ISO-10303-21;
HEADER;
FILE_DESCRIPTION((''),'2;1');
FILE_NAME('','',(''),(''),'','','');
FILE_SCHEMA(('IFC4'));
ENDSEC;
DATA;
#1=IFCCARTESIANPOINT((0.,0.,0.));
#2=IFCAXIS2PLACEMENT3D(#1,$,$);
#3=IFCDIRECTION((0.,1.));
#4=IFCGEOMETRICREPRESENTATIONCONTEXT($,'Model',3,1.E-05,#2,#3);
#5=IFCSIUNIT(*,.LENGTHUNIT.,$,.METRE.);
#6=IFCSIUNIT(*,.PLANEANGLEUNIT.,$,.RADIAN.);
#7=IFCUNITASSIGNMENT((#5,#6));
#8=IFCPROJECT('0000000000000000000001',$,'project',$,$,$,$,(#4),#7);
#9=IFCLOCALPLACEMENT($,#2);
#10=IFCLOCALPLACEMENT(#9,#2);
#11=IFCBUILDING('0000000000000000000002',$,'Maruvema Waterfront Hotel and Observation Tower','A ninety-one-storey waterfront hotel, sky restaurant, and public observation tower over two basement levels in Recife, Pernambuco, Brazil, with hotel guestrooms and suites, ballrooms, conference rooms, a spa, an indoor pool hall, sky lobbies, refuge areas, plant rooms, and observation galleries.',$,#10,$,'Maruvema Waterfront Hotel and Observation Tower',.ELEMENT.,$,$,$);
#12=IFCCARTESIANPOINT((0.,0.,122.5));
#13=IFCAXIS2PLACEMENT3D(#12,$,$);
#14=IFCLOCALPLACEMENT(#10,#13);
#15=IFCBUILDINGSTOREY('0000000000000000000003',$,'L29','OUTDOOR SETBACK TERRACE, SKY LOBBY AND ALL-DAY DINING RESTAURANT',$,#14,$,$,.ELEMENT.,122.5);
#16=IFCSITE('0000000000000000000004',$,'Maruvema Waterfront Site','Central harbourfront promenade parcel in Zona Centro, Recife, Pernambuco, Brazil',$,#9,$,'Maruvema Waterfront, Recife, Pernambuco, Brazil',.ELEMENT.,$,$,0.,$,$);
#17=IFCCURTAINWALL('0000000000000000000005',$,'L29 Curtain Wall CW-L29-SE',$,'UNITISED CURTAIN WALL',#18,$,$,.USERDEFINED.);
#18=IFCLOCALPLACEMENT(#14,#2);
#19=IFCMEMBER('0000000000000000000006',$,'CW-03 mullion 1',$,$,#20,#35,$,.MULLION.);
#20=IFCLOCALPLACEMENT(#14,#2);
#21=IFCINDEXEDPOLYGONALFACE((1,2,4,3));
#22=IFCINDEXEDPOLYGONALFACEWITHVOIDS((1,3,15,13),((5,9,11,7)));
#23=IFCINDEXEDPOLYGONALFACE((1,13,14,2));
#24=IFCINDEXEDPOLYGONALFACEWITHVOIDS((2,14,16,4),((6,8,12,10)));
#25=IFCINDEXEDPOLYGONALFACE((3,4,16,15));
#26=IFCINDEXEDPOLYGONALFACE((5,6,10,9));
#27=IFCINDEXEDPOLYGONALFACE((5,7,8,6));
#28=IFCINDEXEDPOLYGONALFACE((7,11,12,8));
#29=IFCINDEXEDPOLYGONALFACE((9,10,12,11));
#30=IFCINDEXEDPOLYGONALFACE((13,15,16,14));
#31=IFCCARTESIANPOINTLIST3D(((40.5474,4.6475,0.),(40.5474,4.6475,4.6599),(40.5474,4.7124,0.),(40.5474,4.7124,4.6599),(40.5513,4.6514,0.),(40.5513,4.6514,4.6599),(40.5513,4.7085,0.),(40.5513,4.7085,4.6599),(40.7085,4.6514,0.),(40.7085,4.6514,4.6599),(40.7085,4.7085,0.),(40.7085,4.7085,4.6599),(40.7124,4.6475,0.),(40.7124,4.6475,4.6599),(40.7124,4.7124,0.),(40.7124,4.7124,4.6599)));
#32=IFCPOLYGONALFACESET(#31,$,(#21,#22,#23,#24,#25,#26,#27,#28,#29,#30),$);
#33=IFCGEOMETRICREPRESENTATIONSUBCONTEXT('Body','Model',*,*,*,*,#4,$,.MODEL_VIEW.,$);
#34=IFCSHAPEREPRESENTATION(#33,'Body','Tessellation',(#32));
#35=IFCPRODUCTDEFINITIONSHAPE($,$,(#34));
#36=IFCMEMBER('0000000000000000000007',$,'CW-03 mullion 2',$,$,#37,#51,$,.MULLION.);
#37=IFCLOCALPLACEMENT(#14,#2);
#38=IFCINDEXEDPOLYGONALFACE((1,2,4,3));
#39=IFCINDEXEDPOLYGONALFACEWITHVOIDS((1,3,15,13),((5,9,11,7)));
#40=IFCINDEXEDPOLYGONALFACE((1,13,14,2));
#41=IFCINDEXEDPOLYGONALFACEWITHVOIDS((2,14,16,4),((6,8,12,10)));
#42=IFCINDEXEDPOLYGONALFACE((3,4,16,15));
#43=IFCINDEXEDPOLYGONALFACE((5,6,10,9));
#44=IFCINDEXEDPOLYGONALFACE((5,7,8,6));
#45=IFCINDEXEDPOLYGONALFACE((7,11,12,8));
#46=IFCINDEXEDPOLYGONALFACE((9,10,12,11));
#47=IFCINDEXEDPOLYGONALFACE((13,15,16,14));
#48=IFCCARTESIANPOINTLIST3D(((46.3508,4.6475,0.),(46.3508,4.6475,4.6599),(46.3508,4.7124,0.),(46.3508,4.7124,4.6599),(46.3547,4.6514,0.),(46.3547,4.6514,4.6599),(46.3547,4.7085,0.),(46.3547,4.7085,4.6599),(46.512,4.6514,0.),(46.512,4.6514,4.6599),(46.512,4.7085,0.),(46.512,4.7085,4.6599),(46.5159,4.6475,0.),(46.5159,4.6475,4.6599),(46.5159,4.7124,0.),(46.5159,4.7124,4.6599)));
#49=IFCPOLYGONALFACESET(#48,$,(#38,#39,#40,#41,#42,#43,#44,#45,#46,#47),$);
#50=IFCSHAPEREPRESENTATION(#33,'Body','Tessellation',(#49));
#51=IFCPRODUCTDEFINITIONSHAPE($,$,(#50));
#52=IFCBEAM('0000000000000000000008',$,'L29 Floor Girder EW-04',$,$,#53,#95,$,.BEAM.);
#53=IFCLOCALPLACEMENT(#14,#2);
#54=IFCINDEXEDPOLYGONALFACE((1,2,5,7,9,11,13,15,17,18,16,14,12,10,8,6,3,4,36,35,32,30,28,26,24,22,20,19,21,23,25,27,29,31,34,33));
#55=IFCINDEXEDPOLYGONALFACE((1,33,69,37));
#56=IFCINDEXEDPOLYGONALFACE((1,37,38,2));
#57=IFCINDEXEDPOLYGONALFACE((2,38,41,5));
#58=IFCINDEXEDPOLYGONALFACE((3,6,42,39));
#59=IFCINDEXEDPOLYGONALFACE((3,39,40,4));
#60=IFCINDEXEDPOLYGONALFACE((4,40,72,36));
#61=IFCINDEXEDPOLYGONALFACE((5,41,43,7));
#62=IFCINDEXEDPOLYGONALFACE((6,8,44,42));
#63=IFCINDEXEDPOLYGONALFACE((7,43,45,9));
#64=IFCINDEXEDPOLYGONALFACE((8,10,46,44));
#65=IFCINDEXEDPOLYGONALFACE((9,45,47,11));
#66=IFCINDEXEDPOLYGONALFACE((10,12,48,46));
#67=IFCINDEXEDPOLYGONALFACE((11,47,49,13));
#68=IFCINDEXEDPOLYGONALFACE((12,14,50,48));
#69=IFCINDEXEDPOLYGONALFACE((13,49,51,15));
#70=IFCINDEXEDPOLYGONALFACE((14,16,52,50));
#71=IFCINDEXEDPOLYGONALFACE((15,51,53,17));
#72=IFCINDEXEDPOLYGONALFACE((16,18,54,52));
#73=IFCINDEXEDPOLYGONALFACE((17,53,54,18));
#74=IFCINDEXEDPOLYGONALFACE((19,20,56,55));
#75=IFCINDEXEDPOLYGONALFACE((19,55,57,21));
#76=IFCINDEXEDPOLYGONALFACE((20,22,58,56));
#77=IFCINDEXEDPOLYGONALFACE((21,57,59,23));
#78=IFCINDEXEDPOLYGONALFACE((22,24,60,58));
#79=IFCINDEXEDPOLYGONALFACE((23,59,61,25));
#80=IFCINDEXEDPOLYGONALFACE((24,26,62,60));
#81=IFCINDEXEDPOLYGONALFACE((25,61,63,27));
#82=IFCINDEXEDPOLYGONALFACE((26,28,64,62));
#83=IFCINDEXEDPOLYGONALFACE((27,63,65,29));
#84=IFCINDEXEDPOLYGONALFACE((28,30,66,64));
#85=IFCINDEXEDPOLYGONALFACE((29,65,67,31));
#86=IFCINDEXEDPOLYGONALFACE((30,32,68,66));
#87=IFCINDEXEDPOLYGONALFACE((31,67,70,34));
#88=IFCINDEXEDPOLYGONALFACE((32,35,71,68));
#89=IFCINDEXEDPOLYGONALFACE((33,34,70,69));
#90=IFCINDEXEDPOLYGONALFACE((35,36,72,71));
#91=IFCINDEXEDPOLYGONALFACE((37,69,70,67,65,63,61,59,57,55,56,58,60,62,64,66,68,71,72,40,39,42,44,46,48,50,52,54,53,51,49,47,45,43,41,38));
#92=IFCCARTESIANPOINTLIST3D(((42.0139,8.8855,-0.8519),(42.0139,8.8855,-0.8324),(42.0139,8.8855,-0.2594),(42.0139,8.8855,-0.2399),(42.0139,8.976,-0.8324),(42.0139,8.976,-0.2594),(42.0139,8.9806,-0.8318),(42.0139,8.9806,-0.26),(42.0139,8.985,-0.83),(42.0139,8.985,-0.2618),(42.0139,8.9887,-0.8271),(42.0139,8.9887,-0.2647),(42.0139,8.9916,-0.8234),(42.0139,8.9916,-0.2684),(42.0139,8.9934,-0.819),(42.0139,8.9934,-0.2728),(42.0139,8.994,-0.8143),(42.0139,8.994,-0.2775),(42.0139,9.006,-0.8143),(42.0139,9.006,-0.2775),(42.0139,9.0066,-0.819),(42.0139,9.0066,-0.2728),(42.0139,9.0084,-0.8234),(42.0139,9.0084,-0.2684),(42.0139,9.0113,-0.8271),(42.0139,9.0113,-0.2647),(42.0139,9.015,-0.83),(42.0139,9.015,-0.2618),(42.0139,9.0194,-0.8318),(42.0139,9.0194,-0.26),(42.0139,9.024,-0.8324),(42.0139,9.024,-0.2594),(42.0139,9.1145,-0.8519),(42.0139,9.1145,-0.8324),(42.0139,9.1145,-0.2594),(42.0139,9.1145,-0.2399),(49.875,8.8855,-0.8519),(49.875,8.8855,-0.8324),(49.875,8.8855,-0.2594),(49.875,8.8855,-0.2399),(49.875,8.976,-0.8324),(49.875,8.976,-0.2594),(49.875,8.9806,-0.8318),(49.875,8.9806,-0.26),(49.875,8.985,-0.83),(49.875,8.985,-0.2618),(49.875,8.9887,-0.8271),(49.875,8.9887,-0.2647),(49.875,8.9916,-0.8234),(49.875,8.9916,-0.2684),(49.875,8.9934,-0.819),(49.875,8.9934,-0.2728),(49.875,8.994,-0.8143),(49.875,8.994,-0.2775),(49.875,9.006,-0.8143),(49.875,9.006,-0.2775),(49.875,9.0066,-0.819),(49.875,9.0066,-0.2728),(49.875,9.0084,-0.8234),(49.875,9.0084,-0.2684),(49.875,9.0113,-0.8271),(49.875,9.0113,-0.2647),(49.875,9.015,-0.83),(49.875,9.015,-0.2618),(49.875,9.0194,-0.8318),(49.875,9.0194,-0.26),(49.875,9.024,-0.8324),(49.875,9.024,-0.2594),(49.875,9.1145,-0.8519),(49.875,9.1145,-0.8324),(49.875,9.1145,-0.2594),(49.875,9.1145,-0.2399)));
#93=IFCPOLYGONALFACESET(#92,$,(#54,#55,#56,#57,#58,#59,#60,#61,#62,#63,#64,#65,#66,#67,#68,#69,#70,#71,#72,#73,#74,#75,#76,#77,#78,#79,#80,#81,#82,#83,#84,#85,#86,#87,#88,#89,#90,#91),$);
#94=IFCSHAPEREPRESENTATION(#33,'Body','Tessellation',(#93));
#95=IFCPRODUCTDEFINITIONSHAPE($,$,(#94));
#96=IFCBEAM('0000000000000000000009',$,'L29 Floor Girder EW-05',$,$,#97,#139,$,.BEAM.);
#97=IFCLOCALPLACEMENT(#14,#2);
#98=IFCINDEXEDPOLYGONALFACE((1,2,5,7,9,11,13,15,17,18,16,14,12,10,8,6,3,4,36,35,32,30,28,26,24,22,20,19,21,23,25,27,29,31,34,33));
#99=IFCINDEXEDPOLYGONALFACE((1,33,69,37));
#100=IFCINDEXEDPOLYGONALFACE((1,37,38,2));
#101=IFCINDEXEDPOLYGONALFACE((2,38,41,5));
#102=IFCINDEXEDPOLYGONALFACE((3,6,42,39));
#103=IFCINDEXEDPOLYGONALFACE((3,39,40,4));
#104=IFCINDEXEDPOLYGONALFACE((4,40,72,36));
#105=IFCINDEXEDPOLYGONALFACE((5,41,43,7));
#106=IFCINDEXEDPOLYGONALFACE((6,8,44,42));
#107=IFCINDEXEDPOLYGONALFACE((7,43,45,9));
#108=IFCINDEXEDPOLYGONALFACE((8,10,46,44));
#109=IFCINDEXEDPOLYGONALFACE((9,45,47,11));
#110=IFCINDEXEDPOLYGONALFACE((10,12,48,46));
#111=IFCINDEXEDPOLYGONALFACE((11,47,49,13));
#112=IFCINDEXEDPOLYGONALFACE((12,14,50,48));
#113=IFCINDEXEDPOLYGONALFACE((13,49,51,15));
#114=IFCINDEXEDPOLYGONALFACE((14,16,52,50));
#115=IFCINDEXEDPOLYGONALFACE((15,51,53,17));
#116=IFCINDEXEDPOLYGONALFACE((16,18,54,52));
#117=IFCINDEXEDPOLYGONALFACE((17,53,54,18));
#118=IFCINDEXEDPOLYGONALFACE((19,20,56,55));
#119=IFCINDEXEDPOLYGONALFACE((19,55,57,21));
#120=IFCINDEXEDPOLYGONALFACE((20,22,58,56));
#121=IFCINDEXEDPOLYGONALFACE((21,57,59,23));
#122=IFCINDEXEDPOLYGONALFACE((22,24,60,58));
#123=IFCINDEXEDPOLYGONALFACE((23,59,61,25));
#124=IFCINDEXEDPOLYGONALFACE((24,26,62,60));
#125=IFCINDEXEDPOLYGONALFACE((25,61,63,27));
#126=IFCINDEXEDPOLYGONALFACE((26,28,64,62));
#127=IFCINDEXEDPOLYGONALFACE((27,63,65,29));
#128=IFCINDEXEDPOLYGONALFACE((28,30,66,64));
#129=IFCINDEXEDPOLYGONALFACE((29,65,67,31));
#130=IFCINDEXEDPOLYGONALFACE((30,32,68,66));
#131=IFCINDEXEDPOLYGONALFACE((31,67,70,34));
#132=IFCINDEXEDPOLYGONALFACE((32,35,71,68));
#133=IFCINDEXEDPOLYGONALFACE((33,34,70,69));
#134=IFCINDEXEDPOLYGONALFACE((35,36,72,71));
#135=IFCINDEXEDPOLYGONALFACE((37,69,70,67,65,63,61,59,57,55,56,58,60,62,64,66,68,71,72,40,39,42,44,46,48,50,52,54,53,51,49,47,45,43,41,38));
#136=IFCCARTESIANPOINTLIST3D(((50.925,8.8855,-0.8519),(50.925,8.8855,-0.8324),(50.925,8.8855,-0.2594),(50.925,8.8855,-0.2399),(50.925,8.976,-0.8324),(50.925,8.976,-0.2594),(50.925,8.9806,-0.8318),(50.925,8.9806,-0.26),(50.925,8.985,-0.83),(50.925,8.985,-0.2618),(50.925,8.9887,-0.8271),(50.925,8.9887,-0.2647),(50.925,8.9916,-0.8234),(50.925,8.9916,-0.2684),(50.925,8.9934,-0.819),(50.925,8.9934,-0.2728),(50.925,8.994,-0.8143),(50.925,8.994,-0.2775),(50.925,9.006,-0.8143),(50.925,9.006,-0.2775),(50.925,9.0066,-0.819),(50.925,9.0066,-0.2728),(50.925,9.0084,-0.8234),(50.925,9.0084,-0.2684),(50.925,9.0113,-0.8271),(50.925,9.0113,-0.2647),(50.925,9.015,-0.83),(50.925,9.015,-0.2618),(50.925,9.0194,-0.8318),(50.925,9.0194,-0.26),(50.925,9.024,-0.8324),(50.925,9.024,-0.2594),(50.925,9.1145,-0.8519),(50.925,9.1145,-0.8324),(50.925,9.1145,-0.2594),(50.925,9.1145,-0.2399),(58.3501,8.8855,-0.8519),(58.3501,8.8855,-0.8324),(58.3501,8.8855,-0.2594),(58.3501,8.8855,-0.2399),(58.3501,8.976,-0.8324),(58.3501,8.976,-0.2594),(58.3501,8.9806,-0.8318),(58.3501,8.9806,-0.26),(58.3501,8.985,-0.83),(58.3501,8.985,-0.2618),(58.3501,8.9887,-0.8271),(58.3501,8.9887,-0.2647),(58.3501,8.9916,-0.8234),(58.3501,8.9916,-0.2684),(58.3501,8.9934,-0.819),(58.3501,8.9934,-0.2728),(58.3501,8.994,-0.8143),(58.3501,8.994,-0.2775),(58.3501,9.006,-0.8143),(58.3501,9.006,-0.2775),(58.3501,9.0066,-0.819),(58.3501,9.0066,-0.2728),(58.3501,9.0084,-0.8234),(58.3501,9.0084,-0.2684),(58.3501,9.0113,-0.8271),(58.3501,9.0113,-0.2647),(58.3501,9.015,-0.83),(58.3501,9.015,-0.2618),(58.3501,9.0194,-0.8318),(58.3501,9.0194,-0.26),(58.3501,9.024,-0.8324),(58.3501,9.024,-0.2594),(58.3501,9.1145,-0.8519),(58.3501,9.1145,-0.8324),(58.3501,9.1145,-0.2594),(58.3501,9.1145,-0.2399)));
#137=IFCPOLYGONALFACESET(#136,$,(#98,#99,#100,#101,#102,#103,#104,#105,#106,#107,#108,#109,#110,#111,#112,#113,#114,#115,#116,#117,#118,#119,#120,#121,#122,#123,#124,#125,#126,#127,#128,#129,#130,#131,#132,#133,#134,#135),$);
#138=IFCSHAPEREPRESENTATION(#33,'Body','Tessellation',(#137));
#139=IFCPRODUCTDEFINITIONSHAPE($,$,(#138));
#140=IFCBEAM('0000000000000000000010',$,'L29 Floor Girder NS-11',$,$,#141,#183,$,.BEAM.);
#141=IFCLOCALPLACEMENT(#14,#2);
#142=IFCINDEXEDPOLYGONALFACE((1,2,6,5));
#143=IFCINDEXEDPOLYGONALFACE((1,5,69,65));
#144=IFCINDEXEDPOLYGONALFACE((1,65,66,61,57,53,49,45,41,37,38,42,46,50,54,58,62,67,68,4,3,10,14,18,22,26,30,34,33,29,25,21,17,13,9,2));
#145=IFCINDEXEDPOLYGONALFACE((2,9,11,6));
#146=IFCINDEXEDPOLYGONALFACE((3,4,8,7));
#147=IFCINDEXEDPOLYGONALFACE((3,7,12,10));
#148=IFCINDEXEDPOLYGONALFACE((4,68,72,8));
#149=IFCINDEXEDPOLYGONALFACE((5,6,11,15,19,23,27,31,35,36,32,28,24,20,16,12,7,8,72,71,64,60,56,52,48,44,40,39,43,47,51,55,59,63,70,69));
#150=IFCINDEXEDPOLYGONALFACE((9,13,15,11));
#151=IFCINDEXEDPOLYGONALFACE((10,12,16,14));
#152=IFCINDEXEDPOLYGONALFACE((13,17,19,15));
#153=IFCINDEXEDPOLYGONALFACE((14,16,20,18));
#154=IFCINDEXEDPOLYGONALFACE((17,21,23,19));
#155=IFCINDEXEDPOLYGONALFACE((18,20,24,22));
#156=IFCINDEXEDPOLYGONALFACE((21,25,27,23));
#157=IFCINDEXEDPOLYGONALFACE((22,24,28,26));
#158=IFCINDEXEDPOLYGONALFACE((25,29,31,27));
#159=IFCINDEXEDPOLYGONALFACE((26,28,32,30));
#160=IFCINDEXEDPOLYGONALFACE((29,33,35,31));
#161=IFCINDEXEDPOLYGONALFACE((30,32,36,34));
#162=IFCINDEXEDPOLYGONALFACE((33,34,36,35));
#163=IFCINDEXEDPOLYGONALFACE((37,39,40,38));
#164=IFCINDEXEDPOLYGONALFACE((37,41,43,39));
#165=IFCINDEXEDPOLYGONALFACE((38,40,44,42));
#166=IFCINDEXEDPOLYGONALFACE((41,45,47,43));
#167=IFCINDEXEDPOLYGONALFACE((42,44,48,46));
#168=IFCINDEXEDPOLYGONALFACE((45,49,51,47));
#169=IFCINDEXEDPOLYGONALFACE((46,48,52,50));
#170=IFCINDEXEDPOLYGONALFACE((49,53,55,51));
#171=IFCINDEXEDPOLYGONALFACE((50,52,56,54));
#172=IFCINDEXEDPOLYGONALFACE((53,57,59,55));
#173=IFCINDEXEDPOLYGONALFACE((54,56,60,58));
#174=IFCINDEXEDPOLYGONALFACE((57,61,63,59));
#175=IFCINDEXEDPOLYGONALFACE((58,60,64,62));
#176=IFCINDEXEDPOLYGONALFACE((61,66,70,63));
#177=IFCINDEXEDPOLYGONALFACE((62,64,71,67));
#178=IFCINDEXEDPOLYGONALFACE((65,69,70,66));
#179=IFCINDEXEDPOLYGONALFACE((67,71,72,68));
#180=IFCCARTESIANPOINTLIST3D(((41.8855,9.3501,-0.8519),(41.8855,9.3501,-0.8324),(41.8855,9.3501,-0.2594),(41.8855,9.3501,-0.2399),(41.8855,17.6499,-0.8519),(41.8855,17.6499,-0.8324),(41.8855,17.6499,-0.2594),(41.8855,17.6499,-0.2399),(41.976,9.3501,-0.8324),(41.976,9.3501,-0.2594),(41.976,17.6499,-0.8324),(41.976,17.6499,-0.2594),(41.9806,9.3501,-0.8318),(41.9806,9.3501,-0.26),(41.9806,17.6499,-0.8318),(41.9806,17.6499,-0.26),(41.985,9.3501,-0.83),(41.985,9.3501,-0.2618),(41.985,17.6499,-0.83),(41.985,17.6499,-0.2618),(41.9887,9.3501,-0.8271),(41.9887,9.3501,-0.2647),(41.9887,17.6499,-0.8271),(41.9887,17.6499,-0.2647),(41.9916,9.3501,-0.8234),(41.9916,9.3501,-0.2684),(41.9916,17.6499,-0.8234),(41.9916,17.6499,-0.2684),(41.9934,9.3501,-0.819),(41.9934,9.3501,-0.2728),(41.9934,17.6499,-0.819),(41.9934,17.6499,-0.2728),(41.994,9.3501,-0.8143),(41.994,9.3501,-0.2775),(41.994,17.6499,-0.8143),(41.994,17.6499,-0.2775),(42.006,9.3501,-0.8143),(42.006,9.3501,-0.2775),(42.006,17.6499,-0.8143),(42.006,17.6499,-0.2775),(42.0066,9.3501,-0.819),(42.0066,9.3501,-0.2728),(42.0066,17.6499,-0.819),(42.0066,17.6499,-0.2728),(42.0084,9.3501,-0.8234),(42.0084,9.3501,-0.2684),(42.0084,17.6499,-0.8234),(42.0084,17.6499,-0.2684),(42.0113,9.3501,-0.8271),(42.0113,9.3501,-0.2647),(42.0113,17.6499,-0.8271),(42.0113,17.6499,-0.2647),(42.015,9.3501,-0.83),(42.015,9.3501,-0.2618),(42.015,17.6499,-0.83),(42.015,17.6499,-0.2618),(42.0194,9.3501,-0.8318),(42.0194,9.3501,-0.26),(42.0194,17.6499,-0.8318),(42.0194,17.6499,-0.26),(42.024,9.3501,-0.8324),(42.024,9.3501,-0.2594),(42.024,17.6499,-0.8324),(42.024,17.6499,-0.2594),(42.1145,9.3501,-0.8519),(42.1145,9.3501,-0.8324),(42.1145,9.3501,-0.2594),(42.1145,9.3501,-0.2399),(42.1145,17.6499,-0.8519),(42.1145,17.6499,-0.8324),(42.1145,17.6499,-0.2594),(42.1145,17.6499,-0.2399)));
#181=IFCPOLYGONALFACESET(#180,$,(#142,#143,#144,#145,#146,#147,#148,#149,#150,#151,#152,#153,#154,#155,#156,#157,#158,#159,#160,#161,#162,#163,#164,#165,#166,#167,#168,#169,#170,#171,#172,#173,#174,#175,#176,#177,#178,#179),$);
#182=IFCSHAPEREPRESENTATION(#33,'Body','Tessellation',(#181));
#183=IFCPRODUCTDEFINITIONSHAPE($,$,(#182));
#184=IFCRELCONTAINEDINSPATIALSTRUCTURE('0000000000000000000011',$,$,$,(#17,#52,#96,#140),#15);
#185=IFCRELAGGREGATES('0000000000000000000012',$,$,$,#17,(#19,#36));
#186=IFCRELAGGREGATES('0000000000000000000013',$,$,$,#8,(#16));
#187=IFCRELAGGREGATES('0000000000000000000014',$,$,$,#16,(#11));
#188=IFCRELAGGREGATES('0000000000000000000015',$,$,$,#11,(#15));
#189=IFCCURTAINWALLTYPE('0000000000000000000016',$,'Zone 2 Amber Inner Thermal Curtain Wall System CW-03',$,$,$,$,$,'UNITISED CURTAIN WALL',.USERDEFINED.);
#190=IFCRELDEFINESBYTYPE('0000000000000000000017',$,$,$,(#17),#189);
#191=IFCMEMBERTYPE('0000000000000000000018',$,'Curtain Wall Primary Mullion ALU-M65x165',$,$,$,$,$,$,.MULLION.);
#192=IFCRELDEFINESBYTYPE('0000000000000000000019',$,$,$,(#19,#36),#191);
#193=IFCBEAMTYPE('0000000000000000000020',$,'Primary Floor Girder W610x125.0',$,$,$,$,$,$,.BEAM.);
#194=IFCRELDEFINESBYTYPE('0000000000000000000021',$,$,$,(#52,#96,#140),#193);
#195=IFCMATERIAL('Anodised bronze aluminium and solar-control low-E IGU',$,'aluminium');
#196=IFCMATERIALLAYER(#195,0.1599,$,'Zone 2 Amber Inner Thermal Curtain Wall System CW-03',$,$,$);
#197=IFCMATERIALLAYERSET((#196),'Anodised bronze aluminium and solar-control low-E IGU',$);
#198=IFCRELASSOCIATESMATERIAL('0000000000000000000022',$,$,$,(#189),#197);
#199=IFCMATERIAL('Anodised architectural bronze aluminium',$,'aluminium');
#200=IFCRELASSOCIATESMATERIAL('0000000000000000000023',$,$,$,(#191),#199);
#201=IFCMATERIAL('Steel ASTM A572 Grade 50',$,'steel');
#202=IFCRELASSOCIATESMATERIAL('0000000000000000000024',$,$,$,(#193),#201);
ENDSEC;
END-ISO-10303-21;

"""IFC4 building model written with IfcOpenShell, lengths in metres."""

from ifc_helpers import new_model, si_unit, direction, frame, origin, origin_2d, place, context, subcontext, project, spatial, hollow_rectangle, i_section, extrude, material, layer, layer_set, material_profile, profile_set, type_object, element, aggregate, save


model = new_model("IFC4")

# Units and contexts
model_context = context("Model", 3, precision=1e-05, world=origin(), true_north=direction((0.0, 1.0)))
body_context = subcontext(model_context, "Body", "Model", "MODEL_VIEW")
ifc_project = project(units=[si_unit("LENGTHUNIT", "METRE"), si_unit("PLANEANGLEUNIT", "RADIAN")], contexts=[model_context])

# Site, building, storey
site_placement = place(None, origin())
site = spatial("IfcSite", under=ifc_project, at=site_placement, Name="Maruvema Waterfront Site", Description="Central harbourfront promenade parcel in Zona Centro, Recife, Pernambuco, Brazil", LongName="Maruvema Waterfront, Recife, Pernambuco, Brazil", CompositionType="ELEMENT", RefElevation=0.0)
building_placement = place(site_placement, origin())
building = spatial("IfcBuilding", under=site, at=building_placement, Name="Maruvema Waterfront Hotel and Observation Tower", Description="A ninety-one-storey waterfront hotel, sky restaurant, and public observation tower over two basement levels in Recife, Pernambuco, Brazil, with hotel guestrooms and suites, ballrooms, conference rooms, a spa, an indoor pool hall, sky lobbies, refuge areas, plant rooms, and observation galleries.", LongName="Maruvema Waterfront Hotel and Observation Tower", CompositionType="ELEMENT")
storey_placement = place(building_placement, frame((0.0, 0.0, 122.5)))
storey = spatial("IfcBuildingStorey", under=building, at=storey_placement, Name="L29", Description="OUTDOOR SETBACK TERRACE, SKY LOBBY AND ALL-DAY DINING RESTAURANT", CompositionType="ELEMENT", Elevation=122.5)

# Curtain wall, members
ifc_material_1 = material(Name="Anodised bronze aluminium and solar-control low-E IGU", Category="aluminium")
ifc_layer_1 = layer(ifc_material_1, 0.1599, Name="Zone 2 Amber Inner Thermal Curtain Wall System CW-03")
ifc_layer_set_1 = layer_set([ifc_layer_1], Name="Anodised bronze aluminium and solar-control low-E IGU")
curtain_wall_type = type_object("IfcCurtainWallType", Name="Zone 2 Amber Inner Thermal Curtain Wall System CW-03", ElementType="UNITISED CURTAIN WALL", PredefinedType="USERDEFINED", material=ifc_layer_set_1)
curtain_wall_placement = place(storey_placement, origin())
curtain_wall = element("IfcCurtainWall", 1, at=curtain_wall_placement, inside=storey, type_object=curtain_wall_type, Name="L29 Curtain Wall CW-L29-SE", ObjectType="UNITISED CURTAIN WALL", PredefinedType="USERDEFINED")
ifc_material_2 = material(Name="Anodised architectural bronze aluminium", Category="aluminium")
ifc_material_profile_1 = material_profile(ifc_material_2, hollow_rectangle(XDim=0.0649, YDim=0.165, WallThickness=0.0039, at=origin_2d()), Name="ALU-M65x165")
ifc_profile_set_1 = profile_set([ifc_material_profile_1], Name="Anodised architectural bronze aluminium")
member_type_1 = type_object("IfcMemberType", Name="Curtain Wall Primary Mullion ALU-M65x165", PredefinedType="MULLION", material=ifc_profile_set_1)
member_1_placement = place(storey_placement, frame((40.6299, 4.6799, 0.0), z_axis=(0.0, 0.0, 1.0), x_axis=(0.0, 1.0, 0.0)))
member_1 = element("IfcMember", 2, at=member_1_placement, type_object=member_type_1, Name="CW-03 mullion 1", PredefinedType="MULLION", context=body_context, shape_type="SweptSolid", body=[
    extrude(hollow_rectangle(XDim=0.0649, YDim=0.165, WallThickness=0.0039, at=origin_2d()), origin(), (0.0, 0.0, 1.0), 4.6599),
])
member_2_placement = place(storey_placement, frame((46.4333, 4.6799, 0.0), z_axis=(0.0, 0.0, 1.0), x_axis=(0.0, 1.0, 0.0)))
member_2 = element("IfcMember", 3, at=member_2_placement, type_object=member_type_1, Name="CW-03 mullion 2", PredefinedType="MULLION", context=body_context, shape_type="SweptSolid", body=[
    extrude(hollow_rectangle(XDim=0.0649, YDim=0.165, WallThickness=0.0039, at=origin_2d()), origin(), (0.0, 0.0, 1.0), 4.6599),
])

# Beams
ifc_material_3 = material(Name="Steel ASTM A572 Grade 50", Category="steel")
ifc_material_profile_2 = material_profile(ifc_material_3, i_section(OverallWidth=0.229, OverallDepth=0.6121, WebThickness=0.012, FlangeThickness=0.0195, FilletRadius=0.0181, at=origin_2d()), Name="W610x125.0")
ifc_profile_set_2 = profile_set([ifc_material_profile_2], Name="Steel ASTM A572 Grade 50")
beam_type_1 = type_object("IfcBeamType", Name="Primary Floor Girder W610x125.0", PredefinedType="BEAM", material=ifc_profile_set_2)
beam_1_placement = place(storey_placement, frame((42.0139, 9.0, -0.5459), z_axis=(1.0, 0.0, 0.0), x_axis=(0.0, 1.0, 0.0)))
element("IfcBeam", 4, at=beam_1_placement, inside=storey, type_object=beam_type_1, Name="L29 Floor Girder EW-04", PredefinedType="BEAM", context=body_context, shape_type="SweptSolid", body=[
    extrude(i_section(OverallWidth=0.229, OverallDepth=0.6121, WebThickness=0.012, FlangeThickness=0.0195, FilletRadius=0.0181, at=origin_2d()), origin(), (0.0, 0.0, 1.0), 7.8611),
])
beam_2_placement = place(storey_placement, frame((50.925, 9.0, -0.5459), z_axis=(1.0, 0.0, 0.0), x_axis=(0.0, 1.0, 0.0)))
element("IfcBeam", 5, at=beam_2_placement, inside=storey, type_object=beam_type_1, Name="L29 Floor Girder EW-05", PredefinedType="BEAM", context=body_context, shape_type="SweptSolid", body=[
    extrude(i_section(OverallWidth=0.229, OverallDepth=0.6121, WebThickness=0.012, FlangeThickness=0.0195, FilletRadius=0.0181, at=origin_2d()), origin(), (0.0, 0.0, 1.0), 7.425),
])
beam_3_placement = place(storey_placement, frame((42.0, 9.3501, -0.5459), z_axis=(0.0, 1.0, 0.0), x_axis=(-1.0, 0.0, 0.0)))
element("IfcBeam", 6, at=beam_3_placement, inside=storey, type_object=beam_type_1, Name="L29 Floor Girder NS-11", PredefinedType="BEAM", context=body_context, shape_type="SweptSolid", body=[
    extrude(i_section(OverallWidth=0.229, OverallDepth=0.6121, WebThickness=0.012, FlangeThickness=0.0195, FilletRadius=0.0181, at=origin_2d()), origin(), (0.0, 0.0, 1.0), 8.2998),
])

aggregate(curtain_wall, [member_1, member_2])

save(model, "model.ifc")
